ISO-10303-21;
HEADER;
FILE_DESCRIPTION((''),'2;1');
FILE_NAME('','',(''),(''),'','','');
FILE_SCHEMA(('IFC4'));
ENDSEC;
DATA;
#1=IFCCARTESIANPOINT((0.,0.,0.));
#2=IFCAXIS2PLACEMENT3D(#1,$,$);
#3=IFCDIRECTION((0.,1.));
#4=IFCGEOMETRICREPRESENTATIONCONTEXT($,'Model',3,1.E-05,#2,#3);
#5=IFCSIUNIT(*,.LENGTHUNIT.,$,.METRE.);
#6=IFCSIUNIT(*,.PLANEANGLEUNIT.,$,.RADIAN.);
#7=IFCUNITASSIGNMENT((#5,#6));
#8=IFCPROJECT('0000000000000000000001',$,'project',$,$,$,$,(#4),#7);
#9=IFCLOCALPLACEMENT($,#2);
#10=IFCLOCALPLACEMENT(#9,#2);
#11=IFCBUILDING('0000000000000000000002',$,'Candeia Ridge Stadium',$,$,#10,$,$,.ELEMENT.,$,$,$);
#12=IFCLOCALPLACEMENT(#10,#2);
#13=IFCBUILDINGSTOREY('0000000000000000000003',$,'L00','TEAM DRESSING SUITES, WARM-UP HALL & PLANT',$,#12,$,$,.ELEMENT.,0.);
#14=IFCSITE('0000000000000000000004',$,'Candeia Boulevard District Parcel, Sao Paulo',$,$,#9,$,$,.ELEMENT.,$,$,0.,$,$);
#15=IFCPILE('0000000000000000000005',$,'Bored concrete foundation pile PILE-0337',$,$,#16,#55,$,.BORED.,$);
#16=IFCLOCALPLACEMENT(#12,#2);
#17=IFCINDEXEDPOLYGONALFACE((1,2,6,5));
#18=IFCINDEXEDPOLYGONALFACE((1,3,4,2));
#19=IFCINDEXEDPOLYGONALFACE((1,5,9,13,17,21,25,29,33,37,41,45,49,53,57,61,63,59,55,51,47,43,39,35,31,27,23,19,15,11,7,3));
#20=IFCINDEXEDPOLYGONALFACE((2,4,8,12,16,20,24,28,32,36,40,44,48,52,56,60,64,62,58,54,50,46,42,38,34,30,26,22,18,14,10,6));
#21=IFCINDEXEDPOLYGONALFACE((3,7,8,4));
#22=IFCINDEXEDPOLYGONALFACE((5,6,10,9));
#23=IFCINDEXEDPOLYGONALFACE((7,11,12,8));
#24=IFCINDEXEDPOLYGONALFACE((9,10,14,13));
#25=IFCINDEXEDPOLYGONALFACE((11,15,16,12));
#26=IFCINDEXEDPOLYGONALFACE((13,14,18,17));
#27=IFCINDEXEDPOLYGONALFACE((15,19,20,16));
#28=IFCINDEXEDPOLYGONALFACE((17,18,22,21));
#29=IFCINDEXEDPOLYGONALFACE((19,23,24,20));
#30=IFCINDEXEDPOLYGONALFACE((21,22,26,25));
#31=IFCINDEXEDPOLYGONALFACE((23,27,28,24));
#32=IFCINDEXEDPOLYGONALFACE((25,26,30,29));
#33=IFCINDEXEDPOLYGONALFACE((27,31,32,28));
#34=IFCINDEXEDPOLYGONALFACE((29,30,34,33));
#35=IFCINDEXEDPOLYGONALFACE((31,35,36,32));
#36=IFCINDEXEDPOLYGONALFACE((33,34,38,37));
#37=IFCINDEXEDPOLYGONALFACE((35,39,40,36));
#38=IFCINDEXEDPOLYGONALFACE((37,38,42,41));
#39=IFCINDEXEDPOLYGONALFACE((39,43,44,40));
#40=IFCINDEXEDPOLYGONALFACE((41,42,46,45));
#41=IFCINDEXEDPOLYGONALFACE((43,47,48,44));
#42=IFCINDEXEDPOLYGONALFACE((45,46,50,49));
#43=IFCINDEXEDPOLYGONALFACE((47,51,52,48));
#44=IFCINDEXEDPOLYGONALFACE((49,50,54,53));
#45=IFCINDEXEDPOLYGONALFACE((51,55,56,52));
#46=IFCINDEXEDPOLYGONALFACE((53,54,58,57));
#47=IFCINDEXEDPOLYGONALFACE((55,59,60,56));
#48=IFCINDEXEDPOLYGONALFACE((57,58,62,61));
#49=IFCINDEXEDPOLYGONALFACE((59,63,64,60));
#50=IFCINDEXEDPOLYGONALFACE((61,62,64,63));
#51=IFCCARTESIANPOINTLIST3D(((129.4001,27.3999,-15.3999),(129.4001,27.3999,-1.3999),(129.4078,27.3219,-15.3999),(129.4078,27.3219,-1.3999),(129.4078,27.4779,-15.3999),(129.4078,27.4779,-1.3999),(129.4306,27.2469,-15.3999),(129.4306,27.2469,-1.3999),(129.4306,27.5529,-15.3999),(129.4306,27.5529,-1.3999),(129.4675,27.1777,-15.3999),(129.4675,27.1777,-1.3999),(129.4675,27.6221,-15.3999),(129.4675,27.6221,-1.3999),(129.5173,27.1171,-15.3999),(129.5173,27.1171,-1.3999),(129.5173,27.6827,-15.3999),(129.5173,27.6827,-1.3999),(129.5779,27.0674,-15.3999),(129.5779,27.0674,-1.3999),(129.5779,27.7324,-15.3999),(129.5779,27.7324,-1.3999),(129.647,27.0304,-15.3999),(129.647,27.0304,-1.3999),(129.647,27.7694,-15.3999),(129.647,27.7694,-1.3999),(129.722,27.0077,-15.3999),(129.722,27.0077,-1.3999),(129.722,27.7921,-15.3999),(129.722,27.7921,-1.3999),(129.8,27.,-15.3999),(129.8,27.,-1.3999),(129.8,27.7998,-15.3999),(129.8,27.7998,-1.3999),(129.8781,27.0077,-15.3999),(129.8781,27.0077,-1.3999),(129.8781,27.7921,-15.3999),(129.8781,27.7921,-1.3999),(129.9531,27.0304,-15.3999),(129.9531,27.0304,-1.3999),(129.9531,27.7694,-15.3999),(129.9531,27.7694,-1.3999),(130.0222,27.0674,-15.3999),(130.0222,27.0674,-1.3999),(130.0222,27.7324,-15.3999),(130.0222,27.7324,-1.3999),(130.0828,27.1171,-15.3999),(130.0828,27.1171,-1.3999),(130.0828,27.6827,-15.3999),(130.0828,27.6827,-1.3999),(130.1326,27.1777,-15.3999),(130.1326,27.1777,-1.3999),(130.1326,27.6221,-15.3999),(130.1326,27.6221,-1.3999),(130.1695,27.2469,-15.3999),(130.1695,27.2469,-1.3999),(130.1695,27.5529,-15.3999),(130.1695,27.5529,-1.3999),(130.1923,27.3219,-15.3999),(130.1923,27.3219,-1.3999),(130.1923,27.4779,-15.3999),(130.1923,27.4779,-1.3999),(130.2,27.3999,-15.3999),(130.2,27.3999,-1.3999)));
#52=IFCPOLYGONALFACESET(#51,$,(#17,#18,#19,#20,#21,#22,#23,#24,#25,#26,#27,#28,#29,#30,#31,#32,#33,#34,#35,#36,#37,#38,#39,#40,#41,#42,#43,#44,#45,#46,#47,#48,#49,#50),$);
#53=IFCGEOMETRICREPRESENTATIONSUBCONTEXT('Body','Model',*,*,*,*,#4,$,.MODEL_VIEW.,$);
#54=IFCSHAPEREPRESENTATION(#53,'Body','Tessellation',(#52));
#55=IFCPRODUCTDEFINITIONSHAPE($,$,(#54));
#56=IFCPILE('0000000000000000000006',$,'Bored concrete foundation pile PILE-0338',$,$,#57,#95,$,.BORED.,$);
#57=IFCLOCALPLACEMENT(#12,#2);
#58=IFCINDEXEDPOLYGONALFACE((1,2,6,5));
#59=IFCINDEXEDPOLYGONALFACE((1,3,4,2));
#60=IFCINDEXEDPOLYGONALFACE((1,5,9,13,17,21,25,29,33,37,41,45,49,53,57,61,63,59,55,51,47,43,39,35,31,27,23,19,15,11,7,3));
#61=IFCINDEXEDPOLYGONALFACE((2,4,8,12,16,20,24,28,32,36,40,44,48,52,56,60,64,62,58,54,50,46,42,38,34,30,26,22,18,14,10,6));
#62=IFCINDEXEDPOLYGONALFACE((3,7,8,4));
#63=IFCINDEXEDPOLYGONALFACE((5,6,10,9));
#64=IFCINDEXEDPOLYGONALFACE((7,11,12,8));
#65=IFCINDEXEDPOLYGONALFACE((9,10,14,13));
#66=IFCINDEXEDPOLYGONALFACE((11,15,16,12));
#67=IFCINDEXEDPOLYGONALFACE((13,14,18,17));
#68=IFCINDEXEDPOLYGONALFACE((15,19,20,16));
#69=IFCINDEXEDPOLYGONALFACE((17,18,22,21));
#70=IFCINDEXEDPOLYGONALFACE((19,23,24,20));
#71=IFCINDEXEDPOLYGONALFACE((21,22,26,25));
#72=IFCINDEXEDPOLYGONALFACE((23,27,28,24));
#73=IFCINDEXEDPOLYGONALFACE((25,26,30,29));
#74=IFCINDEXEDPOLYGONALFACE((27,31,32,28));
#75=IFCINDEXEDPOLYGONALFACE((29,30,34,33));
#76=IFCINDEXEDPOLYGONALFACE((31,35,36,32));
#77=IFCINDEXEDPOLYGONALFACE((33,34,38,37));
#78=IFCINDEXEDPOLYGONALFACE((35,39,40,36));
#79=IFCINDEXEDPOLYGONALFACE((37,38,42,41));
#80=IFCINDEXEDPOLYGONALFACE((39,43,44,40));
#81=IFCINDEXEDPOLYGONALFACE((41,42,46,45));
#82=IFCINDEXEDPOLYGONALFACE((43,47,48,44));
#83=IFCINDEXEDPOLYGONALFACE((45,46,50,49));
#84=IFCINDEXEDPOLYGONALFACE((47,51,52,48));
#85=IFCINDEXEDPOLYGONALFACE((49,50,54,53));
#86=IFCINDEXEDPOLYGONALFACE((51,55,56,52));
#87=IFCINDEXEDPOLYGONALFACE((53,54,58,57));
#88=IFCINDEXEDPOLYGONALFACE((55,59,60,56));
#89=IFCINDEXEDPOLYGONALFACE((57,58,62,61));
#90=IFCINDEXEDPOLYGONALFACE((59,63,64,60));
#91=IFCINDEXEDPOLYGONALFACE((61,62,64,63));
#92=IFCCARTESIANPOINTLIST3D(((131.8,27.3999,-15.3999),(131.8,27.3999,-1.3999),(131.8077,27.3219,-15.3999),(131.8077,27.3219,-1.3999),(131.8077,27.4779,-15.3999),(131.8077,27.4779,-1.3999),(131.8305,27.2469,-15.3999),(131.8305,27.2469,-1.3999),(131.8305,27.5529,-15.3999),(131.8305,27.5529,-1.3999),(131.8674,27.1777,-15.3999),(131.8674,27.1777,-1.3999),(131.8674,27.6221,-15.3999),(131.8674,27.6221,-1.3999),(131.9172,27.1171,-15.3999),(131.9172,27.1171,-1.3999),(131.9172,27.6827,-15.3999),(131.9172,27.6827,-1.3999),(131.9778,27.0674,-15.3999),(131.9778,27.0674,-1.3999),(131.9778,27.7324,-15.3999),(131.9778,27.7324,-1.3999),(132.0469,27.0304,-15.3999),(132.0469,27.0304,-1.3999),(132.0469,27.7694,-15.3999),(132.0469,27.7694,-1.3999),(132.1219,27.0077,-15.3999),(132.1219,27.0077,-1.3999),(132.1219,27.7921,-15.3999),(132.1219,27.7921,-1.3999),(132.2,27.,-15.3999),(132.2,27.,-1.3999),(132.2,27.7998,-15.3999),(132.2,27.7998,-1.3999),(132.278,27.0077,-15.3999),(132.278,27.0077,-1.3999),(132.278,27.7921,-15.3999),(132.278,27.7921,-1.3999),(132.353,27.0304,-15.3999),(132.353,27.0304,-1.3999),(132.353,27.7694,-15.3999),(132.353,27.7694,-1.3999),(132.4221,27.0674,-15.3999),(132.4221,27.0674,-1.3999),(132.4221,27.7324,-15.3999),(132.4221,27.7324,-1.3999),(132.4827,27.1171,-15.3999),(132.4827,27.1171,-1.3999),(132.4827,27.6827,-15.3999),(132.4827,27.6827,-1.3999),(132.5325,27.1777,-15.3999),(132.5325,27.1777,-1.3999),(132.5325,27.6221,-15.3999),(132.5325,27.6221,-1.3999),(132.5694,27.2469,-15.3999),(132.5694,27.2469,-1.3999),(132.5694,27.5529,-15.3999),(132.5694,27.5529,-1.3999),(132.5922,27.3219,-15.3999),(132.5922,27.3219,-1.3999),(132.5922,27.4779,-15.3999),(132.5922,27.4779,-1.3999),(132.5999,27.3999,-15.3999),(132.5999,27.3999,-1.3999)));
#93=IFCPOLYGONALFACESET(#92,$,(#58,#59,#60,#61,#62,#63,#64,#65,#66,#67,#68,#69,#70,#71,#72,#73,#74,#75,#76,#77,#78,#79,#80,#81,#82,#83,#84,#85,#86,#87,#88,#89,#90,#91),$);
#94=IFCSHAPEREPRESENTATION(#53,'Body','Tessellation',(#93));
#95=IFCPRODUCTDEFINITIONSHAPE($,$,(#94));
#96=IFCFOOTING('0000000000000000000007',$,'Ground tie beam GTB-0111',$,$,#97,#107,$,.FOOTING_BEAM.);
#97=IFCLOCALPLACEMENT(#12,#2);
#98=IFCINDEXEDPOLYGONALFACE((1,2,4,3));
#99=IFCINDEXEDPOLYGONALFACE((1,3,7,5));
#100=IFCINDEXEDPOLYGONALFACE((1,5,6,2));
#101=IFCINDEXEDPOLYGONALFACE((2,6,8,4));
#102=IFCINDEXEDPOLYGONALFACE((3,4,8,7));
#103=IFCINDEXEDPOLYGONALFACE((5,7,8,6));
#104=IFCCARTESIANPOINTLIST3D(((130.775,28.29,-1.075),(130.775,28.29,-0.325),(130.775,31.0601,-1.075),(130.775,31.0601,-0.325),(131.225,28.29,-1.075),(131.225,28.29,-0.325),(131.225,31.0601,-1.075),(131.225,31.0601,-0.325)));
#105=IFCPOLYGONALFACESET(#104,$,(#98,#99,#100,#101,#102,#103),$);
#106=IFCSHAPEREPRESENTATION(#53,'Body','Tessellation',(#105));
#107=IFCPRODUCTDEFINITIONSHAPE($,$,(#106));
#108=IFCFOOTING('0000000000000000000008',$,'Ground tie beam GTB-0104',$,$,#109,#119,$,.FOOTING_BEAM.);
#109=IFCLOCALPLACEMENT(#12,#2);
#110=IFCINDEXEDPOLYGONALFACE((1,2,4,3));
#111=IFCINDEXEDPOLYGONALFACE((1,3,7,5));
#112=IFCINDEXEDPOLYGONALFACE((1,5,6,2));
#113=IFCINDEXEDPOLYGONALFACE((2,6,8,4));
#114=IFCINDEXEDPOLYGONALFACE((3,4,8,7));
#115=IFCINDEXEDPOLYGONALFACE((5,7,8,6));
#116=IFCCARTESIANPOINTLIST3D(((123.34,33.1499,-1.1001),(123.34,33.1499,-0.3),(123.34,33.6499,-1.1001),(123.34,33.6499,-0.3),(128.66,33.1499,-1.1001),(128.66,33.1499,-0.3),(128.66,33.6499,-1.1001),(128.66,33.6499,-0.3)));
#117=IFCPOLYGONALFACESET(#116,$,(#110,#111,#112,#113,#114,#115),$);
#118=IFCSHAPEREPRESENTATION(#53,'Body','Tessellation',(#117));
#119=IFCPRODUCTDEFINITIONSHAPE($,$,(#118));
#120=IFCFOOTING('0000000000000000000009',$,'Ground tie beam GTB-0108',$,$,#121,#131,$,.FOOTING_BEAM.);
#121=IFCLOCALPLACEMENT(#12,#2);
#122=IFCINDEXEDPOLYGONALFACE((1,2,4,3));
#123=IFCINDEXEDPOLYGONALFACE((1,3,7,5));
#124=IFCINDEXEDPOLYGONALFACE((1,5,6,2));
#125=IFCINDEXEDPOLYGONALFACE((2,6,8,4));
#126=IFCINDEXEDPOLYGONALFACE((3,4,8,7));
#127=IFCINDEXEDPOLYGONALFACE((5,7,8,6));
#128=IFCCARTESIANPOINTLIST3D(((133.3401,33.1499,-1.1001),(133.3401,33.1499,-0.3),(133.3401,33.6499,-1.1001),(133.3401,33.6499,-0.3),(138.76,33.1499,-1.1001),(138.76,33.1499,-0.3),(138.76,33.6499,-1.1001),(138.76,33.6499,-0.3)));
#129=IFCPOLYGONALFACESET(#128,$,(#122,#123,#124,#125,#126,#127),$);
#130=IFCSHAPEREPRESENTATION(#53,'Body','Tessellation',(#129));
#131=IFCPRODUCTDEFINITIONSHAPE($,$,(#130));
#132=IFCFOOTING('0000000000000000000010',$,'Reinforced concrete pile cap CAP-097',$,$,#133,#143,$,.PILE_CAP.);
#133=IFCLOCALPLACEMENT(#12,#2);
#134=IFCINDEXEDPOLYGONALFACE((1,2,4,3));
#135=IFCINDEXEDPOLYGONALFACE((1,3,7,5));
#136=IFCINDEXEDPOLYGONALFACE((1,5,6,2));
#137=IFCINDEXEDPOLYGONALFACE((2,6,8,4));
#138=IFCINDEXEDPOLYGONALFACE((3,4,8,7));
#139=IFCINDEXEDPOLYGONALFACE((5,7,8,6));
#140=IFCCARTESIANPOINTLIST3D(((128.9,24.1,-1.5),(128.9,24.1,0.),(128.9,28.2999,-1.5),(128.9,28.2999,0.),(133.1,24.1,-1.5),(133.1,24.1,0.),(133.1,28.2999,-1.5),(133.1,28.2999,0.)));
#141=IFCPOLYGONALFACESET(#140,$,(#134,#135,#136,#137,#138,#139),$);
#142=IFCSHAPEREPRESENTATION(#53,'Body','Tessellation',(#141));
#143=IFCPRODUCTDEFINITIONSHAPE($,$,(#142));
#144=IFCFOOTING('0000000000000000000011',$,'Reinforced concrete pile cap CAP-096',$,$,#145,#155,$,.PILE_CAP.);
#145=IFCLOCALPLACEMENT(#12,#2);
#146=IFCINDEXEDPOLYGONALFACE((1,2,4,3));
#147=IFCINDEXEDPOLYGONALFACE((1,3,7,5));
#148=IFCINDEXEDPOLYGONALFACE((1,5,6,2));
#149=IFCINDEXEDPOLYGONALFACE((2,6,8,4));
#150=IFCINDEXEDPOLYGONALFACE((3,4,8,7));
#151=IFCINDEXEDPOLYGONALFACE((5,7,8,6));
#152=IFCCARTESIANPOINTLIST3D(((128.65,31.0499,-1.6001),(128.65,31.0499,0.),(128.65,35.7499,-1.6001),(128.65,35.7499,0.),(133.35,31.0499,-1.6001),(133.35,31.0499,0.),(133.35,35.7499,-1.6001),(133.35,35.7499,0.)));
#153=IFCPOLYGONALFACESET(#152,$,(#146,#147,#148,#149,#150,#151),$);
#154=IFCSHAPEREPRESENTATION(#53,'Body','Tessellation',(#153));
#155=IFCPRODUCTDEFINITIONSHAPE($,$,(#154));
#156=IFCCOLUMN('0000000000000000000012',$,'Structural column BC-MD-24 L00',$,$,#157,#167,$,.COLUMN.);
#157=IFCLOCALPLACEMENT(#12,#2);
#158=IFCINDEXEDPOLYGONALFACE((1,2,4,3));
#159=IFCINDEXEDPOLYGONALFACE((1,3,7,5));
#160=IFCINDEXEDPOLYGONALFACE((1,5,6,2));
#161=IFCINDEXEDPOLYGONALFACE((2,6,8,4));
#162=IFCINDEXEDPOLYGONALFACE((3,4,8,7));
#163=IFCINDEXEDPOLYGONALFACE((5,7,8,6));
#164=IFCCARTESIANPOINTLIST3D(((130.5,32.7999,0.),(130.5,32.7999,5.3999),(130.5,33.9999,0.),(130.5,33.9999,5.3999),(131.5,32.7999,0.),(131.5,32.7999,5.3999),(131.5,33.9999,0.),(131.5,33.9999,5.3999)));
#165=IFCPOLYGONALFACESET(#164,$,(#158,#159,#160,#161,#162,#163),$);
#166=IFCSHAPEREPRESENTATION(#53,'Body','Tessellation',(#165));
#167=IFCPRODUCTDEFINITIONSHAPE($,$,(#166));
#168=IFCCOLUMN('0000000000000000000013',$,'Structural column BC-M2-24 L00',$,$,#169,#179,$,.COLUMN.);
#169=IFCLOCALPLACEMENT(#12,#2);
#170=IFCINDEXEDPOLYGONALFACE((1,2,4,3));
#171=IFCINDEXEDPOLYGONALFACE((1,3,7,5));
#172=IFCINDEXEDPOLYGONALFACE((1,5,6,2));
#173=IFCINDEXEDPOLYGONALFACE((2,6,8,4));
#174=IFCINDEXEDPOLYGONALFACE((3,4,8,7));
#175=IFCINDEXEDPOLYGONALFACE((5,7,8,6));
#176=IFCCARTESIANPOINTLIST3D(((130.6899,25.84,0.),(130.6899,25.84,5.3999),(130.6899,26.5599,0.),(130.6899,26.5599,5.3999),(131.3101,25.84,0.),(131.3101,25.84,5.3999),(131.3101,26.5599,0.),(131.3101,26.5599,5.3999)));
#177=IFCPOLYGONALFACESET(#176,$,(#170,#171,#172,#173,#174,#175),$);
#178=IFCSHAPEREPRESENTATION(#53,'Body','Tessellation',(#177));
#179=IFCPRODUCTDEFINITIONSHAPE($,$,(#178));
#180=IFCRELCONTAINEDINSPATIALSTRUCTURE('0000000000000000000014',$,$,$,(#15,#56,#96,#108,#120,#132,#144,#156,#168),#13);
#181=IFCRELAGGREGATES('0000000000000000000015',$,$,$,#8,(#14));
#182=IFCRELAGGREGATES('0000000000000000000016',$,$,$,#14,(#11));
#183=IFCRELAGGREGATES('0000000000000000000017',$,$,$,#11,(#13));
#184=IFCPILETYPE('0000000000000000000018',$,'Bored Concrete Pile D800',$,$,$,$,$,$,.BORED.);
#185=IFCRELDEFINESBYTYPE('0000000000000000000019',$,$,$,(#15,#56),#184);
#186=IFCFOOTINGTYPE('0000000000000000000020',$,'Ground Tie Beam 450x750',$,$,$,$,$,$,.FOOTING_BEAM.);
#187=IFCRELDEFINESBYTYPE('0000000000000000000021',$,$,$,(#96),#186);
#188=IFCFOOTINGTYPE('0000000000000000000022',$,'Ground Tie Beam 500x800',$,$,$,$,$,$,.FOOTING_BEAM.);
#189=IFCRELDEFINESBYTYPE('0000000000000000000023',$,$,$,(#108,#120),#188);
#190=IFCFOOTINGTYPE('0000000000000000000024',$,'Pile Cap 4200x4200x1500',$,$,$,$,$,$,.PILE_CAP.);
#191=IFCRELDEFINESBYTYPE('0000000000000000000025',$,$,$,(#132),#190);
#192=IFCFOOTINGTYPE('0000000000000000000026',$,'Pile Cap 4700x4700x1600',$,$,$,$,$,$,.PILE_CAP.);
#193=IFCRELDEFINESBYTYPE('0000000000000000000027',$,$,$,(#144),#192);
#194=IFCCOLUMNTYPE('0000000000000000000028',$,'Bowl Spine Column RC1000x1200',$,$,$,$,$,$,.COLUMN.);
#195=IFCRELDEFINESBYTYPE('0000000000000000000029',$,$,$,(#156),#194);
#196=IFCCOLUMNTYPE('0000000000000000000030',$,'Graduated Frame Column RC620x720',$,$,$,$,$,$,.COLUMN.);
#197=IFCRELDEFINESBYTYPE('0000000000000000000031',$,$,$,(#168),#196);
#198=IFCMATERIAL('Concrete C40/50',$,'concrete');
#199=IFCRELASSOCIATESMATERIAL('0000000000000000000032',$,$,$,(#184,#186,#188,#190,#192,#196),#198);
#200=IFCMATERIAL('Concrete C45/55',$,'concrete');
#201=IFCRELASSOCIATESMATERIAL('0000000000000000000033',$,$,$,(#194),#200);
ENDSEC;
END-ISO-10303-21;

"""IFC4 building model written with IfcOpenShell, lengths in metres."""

from ifc_helpers import new_model, si_unit, direction, frame, origin, origin_2d, place, context, subcontext, project, spatial, rectangle, circle, extrude, material, material_profile, profile_set, type_object, element, save


model = new_model("IFC4")

# Units and contexts
model_context = context("Model", 3, precision=1e-05, world=origin(), true_north=direction((0.0, 1.0)))
body_context = subcontext(model_context, "Body", "Model", "MODEL_VIEW")
ifc_project = project(units=[si_unit("LENGTHUNIT", "METRE"), si_unit("PLANEANGLEUNIT", "RADIAN")], contexts=[model_context])

# Site, building, storey
site_placement = place(None, origin())
site = spatial("IfcSite", under=ifc_project, at=site_placement, Name="Candeia Boulevard District Parcel, Sao Paulo", CompositionType="ELEMENT", RefElevation=0.0)
building_placement = place(site_placement, origin())
building = spatial("IfcBuilding", under=site, at=building_placement, Name="Candeia Ridge Stadium", CompositionType="ELEMENT")
storey_placement = place(building_placement, origin())
storey = spatial("IfcBuildingStorey", under=building, at=storey_placement, Name="L00", Description="TEAM DRESSING SUITES, WARM-UP HALL & PLANT", CompositionType="ELEMENT", Elevation=0.0)

# Piles
ifc_material_1 = material(Name="Concrete C40/50", Category="concrete")
ifc_material_profile_1 = material_profile(ifc_material_1, circle(Radius=0.3999, at=origin_2d()), Name="PILE-D800", Category="concrete")
ifc_profile_set_1 = profile_set([ifc_material_profile_1], Name="Concrete C40/50")
pile_type_1 = type_object("IfcPileType", Name="Bored Concrete Pile D800", PredefinedType="BORED", material=ifc_profile_set_1)
for number, where, z_axis, x_axis, name in (
    (1, (129.8, 27.3999, -1.3999), (0.0, 0.0, -1.0), (1.0, 0.0, 0.0), "Bored concrete foundation pile PILE-0337"),
    (2, (132.2, 27.3999, -1.3999), (0.0, 0.0, -1.0), (1.0, 0.0, 0.0), "Bored concrete foundation pile PILE-0338"),
):
    element("IfcPile", number, at=place(storey_placement, frame(where, z_axis=z_axis, x_axis=x_axis)), inside=storey, type_object=pile_type_1, Name=name, PredefinedType="BORED", context=body_context, shape_type="SweptSolid", body=[
        extrude(circle(Radius=0.3999, at=origin_2d()), origin(), (0.0, 0.0, 1.0), 14.0),
    ])

# Footings
footing_type_1 = type_object("IfcFootingType", Name="Ground Tie Beam 450x750", PredefinedType="FOOTING_BEAM", material=ifc_material_1)
footing_1_placement = place(storey_placement, frame((131.0, 29.675, -1.075), z_axis=(0.0, 0.0, 1.0), x_axis=(0.0, -1.0, 0.0)))
element("IfcFooting", 3, at=footing_1_placement, inside=storey, type_object=footing_type_1, Name="Ground tie beam GTB-0111", PredefinedType="FOOTING_BEAM", context=body_context, shape_type="SweptSolid", body=[
    extrude(rectangle(XDim=2.77, YDim=0.45, at=origin_2d()), origin(), (0.0, 0.0, 1.0), 0.75),
])
footing_type_2 = type_object("IfcFootingType", Name="Ground Tie Beam 500x800", PredefinedType="FOOTING_BEAM", material=ifc_material_1)
footing_2_placement = place(storey_placement, frame((126.0, 33.3999, -1.1001), z_axis=(0.0, 0.0, 1.0), x_axis=(1.0, 0.0, 0.0)))
element("IfcFooting", 4, at=footing_2_placement, inside=storey, type_object=footing_type_2, Name="Ground tie beam GTB-0104", PredefinedType="FOOTING_BEAM", context=body_context, shape_type="SweptSolid", body=[
    extrude(rectangle(XDim=5.3201, YDim=0.5, at=origin_2d()), origin(), (0.0, 0.0, 1.0), 0.8),
])
footing_3_placement = place(storey_placement, frame((136.05, 33.3999, -1.1001), z_axis=(0.0, 0.0, 1.0), x_axis=(1.0, 0.0, 0.0)))
element("IfcFooting", 5, at=footing_3_placement, inside=storey, type_object=footing_type_2, Name="Ground tie beam GTB-0108", PredefinedType="FOOTING_BEAM", context=body_context, shape_type="SweptSolid", body=[
    extrude(rectangle(XDim=5.4199, YDim=0.5, at=origin_2d()), origin(), (0.0, 0.0, 1.0), 0.8),
])
footing_type_3 = type_object("IfcFootingType", Name="Pile Cap 4200x4200x1500", PredefinedType="PILE_CAP", material=ifc_material_1)
footing_4_placement = place(storey_placement, frame((131.0, 26.2, -1.5), z_axis=(0.0, 0.0, 1.0), x_axis=(1.0, 0.0, 0.0)))
element("IfcFooting", 6, at=footing_4_placement, inside=storey, type_object=footing_type_3, Name="Reinforced concrete pile cap CAP-097", PredefinedType="PILE_CAP", context=body_context, shape_type="SweptSolid", body=[
    extrude(rectangle(XDim=4.2, YDim=4.2, at=origin_2d()), origin(), (0.0, 0.0, 1.0), 1.5),
])
footing_type_4 = type_object("IfcFootingType", Name="Pile Cap 4700x4700x1600", PredefinedType="PILE_CAP", material=ifc_material_1)
footing_5_placement = place(storey_placement, frame((131.0, 33.3999, -1.6001), z_axis=(0.0, 0.0, 1.0), x_axis=(1.0, 0.0, 0.0)))
element("IfcFooting", 7, at=footing_5_placement, inside=storey, type_object=footing_type_4, Name="Reinforced concrete pile cap CAP-096", PredefinedType="PILE_CAP", context=body_context, shape_type="SweptSolid", body=[
    extrude(rectangle(XDim=4.7, YDim=4.7, at=origin_2d()), origin(), (0.0, 0.0, 1.0), 1.6001),
])

# Columns
ifc_material_2 = material(Name="Concrete C45/55", Category="concrete")
ifc_material_profile_2 = material_profile(ifc_material_2, rectangle(XDim=1.0, YDim=1.2, at=origin_2d()), Name="RC1000x1200", Category="concrete")
ifc_profile_set_2 = profile_set([ifc_material_profile_2], Name="Concrete C45/55")
column_type_1 = type_object("IfcColumnType", Name="Bowl Spine Column RC1000x1200", PredefinedType="COLUMN", material=ifc_profile_set_2)
column_1_placement = place(storey_placement, frame((131.0, 33.3999, 0.0), z_axis=(0.0, 0.0, 1.0), x_axis=(1.0, 0.0, 0.0)))
element("IfcColumn", 8, at=column_1_placement, inside=storey, type_object=column_type_1, Name="Structural column BC-MD-24 L00", PredefinedType="COLUMN", context=body_context, shape_type="SweptSolid", body=[
    extrude(rectangle(XDim=1.0, YDim=1.2, at=origin_2d()), origin(), (0.0, 0.0, 1.0), 5.3999),
])
ifc_material_profile_3 = material_profile(ifc_material_1, rectangle(XDim=0.6201, YDim=0.72, at=origin_2d()), Name="RC620x720", Category="concrete")
ifc_profile_set_3 = profile_set([ifc_material_profile_3], Name="Concrete C40/50")
column_type_2 = type_object("IfcColumnType", Name="Graduated Frame Column RC620x720", PredefinedType="COLUMN", material=ifc_profile_set_3)
column_2_placement = place(storey_placement, frame((131.0, 26.2, 0.0), z_axis=(0.0, 0.0, 1.0), x_axis=(1.0, 0.0, 0.0)))
element("IfcColumn", 9, at=column_2_placement, inside=storey, type_object=column_type_2, Name="Structural column BC-M2-24 L00", PredefinedType="COLUMN", context=body_context, shape_type="SweptSolid", body=[
    extrude(rectangle(XDim=0.6201, YDim=0.72, at=origin_2d()), origin(), (0.0, 0.0, 1.0), 5.3999),
])

save(model, "model.ifc")
